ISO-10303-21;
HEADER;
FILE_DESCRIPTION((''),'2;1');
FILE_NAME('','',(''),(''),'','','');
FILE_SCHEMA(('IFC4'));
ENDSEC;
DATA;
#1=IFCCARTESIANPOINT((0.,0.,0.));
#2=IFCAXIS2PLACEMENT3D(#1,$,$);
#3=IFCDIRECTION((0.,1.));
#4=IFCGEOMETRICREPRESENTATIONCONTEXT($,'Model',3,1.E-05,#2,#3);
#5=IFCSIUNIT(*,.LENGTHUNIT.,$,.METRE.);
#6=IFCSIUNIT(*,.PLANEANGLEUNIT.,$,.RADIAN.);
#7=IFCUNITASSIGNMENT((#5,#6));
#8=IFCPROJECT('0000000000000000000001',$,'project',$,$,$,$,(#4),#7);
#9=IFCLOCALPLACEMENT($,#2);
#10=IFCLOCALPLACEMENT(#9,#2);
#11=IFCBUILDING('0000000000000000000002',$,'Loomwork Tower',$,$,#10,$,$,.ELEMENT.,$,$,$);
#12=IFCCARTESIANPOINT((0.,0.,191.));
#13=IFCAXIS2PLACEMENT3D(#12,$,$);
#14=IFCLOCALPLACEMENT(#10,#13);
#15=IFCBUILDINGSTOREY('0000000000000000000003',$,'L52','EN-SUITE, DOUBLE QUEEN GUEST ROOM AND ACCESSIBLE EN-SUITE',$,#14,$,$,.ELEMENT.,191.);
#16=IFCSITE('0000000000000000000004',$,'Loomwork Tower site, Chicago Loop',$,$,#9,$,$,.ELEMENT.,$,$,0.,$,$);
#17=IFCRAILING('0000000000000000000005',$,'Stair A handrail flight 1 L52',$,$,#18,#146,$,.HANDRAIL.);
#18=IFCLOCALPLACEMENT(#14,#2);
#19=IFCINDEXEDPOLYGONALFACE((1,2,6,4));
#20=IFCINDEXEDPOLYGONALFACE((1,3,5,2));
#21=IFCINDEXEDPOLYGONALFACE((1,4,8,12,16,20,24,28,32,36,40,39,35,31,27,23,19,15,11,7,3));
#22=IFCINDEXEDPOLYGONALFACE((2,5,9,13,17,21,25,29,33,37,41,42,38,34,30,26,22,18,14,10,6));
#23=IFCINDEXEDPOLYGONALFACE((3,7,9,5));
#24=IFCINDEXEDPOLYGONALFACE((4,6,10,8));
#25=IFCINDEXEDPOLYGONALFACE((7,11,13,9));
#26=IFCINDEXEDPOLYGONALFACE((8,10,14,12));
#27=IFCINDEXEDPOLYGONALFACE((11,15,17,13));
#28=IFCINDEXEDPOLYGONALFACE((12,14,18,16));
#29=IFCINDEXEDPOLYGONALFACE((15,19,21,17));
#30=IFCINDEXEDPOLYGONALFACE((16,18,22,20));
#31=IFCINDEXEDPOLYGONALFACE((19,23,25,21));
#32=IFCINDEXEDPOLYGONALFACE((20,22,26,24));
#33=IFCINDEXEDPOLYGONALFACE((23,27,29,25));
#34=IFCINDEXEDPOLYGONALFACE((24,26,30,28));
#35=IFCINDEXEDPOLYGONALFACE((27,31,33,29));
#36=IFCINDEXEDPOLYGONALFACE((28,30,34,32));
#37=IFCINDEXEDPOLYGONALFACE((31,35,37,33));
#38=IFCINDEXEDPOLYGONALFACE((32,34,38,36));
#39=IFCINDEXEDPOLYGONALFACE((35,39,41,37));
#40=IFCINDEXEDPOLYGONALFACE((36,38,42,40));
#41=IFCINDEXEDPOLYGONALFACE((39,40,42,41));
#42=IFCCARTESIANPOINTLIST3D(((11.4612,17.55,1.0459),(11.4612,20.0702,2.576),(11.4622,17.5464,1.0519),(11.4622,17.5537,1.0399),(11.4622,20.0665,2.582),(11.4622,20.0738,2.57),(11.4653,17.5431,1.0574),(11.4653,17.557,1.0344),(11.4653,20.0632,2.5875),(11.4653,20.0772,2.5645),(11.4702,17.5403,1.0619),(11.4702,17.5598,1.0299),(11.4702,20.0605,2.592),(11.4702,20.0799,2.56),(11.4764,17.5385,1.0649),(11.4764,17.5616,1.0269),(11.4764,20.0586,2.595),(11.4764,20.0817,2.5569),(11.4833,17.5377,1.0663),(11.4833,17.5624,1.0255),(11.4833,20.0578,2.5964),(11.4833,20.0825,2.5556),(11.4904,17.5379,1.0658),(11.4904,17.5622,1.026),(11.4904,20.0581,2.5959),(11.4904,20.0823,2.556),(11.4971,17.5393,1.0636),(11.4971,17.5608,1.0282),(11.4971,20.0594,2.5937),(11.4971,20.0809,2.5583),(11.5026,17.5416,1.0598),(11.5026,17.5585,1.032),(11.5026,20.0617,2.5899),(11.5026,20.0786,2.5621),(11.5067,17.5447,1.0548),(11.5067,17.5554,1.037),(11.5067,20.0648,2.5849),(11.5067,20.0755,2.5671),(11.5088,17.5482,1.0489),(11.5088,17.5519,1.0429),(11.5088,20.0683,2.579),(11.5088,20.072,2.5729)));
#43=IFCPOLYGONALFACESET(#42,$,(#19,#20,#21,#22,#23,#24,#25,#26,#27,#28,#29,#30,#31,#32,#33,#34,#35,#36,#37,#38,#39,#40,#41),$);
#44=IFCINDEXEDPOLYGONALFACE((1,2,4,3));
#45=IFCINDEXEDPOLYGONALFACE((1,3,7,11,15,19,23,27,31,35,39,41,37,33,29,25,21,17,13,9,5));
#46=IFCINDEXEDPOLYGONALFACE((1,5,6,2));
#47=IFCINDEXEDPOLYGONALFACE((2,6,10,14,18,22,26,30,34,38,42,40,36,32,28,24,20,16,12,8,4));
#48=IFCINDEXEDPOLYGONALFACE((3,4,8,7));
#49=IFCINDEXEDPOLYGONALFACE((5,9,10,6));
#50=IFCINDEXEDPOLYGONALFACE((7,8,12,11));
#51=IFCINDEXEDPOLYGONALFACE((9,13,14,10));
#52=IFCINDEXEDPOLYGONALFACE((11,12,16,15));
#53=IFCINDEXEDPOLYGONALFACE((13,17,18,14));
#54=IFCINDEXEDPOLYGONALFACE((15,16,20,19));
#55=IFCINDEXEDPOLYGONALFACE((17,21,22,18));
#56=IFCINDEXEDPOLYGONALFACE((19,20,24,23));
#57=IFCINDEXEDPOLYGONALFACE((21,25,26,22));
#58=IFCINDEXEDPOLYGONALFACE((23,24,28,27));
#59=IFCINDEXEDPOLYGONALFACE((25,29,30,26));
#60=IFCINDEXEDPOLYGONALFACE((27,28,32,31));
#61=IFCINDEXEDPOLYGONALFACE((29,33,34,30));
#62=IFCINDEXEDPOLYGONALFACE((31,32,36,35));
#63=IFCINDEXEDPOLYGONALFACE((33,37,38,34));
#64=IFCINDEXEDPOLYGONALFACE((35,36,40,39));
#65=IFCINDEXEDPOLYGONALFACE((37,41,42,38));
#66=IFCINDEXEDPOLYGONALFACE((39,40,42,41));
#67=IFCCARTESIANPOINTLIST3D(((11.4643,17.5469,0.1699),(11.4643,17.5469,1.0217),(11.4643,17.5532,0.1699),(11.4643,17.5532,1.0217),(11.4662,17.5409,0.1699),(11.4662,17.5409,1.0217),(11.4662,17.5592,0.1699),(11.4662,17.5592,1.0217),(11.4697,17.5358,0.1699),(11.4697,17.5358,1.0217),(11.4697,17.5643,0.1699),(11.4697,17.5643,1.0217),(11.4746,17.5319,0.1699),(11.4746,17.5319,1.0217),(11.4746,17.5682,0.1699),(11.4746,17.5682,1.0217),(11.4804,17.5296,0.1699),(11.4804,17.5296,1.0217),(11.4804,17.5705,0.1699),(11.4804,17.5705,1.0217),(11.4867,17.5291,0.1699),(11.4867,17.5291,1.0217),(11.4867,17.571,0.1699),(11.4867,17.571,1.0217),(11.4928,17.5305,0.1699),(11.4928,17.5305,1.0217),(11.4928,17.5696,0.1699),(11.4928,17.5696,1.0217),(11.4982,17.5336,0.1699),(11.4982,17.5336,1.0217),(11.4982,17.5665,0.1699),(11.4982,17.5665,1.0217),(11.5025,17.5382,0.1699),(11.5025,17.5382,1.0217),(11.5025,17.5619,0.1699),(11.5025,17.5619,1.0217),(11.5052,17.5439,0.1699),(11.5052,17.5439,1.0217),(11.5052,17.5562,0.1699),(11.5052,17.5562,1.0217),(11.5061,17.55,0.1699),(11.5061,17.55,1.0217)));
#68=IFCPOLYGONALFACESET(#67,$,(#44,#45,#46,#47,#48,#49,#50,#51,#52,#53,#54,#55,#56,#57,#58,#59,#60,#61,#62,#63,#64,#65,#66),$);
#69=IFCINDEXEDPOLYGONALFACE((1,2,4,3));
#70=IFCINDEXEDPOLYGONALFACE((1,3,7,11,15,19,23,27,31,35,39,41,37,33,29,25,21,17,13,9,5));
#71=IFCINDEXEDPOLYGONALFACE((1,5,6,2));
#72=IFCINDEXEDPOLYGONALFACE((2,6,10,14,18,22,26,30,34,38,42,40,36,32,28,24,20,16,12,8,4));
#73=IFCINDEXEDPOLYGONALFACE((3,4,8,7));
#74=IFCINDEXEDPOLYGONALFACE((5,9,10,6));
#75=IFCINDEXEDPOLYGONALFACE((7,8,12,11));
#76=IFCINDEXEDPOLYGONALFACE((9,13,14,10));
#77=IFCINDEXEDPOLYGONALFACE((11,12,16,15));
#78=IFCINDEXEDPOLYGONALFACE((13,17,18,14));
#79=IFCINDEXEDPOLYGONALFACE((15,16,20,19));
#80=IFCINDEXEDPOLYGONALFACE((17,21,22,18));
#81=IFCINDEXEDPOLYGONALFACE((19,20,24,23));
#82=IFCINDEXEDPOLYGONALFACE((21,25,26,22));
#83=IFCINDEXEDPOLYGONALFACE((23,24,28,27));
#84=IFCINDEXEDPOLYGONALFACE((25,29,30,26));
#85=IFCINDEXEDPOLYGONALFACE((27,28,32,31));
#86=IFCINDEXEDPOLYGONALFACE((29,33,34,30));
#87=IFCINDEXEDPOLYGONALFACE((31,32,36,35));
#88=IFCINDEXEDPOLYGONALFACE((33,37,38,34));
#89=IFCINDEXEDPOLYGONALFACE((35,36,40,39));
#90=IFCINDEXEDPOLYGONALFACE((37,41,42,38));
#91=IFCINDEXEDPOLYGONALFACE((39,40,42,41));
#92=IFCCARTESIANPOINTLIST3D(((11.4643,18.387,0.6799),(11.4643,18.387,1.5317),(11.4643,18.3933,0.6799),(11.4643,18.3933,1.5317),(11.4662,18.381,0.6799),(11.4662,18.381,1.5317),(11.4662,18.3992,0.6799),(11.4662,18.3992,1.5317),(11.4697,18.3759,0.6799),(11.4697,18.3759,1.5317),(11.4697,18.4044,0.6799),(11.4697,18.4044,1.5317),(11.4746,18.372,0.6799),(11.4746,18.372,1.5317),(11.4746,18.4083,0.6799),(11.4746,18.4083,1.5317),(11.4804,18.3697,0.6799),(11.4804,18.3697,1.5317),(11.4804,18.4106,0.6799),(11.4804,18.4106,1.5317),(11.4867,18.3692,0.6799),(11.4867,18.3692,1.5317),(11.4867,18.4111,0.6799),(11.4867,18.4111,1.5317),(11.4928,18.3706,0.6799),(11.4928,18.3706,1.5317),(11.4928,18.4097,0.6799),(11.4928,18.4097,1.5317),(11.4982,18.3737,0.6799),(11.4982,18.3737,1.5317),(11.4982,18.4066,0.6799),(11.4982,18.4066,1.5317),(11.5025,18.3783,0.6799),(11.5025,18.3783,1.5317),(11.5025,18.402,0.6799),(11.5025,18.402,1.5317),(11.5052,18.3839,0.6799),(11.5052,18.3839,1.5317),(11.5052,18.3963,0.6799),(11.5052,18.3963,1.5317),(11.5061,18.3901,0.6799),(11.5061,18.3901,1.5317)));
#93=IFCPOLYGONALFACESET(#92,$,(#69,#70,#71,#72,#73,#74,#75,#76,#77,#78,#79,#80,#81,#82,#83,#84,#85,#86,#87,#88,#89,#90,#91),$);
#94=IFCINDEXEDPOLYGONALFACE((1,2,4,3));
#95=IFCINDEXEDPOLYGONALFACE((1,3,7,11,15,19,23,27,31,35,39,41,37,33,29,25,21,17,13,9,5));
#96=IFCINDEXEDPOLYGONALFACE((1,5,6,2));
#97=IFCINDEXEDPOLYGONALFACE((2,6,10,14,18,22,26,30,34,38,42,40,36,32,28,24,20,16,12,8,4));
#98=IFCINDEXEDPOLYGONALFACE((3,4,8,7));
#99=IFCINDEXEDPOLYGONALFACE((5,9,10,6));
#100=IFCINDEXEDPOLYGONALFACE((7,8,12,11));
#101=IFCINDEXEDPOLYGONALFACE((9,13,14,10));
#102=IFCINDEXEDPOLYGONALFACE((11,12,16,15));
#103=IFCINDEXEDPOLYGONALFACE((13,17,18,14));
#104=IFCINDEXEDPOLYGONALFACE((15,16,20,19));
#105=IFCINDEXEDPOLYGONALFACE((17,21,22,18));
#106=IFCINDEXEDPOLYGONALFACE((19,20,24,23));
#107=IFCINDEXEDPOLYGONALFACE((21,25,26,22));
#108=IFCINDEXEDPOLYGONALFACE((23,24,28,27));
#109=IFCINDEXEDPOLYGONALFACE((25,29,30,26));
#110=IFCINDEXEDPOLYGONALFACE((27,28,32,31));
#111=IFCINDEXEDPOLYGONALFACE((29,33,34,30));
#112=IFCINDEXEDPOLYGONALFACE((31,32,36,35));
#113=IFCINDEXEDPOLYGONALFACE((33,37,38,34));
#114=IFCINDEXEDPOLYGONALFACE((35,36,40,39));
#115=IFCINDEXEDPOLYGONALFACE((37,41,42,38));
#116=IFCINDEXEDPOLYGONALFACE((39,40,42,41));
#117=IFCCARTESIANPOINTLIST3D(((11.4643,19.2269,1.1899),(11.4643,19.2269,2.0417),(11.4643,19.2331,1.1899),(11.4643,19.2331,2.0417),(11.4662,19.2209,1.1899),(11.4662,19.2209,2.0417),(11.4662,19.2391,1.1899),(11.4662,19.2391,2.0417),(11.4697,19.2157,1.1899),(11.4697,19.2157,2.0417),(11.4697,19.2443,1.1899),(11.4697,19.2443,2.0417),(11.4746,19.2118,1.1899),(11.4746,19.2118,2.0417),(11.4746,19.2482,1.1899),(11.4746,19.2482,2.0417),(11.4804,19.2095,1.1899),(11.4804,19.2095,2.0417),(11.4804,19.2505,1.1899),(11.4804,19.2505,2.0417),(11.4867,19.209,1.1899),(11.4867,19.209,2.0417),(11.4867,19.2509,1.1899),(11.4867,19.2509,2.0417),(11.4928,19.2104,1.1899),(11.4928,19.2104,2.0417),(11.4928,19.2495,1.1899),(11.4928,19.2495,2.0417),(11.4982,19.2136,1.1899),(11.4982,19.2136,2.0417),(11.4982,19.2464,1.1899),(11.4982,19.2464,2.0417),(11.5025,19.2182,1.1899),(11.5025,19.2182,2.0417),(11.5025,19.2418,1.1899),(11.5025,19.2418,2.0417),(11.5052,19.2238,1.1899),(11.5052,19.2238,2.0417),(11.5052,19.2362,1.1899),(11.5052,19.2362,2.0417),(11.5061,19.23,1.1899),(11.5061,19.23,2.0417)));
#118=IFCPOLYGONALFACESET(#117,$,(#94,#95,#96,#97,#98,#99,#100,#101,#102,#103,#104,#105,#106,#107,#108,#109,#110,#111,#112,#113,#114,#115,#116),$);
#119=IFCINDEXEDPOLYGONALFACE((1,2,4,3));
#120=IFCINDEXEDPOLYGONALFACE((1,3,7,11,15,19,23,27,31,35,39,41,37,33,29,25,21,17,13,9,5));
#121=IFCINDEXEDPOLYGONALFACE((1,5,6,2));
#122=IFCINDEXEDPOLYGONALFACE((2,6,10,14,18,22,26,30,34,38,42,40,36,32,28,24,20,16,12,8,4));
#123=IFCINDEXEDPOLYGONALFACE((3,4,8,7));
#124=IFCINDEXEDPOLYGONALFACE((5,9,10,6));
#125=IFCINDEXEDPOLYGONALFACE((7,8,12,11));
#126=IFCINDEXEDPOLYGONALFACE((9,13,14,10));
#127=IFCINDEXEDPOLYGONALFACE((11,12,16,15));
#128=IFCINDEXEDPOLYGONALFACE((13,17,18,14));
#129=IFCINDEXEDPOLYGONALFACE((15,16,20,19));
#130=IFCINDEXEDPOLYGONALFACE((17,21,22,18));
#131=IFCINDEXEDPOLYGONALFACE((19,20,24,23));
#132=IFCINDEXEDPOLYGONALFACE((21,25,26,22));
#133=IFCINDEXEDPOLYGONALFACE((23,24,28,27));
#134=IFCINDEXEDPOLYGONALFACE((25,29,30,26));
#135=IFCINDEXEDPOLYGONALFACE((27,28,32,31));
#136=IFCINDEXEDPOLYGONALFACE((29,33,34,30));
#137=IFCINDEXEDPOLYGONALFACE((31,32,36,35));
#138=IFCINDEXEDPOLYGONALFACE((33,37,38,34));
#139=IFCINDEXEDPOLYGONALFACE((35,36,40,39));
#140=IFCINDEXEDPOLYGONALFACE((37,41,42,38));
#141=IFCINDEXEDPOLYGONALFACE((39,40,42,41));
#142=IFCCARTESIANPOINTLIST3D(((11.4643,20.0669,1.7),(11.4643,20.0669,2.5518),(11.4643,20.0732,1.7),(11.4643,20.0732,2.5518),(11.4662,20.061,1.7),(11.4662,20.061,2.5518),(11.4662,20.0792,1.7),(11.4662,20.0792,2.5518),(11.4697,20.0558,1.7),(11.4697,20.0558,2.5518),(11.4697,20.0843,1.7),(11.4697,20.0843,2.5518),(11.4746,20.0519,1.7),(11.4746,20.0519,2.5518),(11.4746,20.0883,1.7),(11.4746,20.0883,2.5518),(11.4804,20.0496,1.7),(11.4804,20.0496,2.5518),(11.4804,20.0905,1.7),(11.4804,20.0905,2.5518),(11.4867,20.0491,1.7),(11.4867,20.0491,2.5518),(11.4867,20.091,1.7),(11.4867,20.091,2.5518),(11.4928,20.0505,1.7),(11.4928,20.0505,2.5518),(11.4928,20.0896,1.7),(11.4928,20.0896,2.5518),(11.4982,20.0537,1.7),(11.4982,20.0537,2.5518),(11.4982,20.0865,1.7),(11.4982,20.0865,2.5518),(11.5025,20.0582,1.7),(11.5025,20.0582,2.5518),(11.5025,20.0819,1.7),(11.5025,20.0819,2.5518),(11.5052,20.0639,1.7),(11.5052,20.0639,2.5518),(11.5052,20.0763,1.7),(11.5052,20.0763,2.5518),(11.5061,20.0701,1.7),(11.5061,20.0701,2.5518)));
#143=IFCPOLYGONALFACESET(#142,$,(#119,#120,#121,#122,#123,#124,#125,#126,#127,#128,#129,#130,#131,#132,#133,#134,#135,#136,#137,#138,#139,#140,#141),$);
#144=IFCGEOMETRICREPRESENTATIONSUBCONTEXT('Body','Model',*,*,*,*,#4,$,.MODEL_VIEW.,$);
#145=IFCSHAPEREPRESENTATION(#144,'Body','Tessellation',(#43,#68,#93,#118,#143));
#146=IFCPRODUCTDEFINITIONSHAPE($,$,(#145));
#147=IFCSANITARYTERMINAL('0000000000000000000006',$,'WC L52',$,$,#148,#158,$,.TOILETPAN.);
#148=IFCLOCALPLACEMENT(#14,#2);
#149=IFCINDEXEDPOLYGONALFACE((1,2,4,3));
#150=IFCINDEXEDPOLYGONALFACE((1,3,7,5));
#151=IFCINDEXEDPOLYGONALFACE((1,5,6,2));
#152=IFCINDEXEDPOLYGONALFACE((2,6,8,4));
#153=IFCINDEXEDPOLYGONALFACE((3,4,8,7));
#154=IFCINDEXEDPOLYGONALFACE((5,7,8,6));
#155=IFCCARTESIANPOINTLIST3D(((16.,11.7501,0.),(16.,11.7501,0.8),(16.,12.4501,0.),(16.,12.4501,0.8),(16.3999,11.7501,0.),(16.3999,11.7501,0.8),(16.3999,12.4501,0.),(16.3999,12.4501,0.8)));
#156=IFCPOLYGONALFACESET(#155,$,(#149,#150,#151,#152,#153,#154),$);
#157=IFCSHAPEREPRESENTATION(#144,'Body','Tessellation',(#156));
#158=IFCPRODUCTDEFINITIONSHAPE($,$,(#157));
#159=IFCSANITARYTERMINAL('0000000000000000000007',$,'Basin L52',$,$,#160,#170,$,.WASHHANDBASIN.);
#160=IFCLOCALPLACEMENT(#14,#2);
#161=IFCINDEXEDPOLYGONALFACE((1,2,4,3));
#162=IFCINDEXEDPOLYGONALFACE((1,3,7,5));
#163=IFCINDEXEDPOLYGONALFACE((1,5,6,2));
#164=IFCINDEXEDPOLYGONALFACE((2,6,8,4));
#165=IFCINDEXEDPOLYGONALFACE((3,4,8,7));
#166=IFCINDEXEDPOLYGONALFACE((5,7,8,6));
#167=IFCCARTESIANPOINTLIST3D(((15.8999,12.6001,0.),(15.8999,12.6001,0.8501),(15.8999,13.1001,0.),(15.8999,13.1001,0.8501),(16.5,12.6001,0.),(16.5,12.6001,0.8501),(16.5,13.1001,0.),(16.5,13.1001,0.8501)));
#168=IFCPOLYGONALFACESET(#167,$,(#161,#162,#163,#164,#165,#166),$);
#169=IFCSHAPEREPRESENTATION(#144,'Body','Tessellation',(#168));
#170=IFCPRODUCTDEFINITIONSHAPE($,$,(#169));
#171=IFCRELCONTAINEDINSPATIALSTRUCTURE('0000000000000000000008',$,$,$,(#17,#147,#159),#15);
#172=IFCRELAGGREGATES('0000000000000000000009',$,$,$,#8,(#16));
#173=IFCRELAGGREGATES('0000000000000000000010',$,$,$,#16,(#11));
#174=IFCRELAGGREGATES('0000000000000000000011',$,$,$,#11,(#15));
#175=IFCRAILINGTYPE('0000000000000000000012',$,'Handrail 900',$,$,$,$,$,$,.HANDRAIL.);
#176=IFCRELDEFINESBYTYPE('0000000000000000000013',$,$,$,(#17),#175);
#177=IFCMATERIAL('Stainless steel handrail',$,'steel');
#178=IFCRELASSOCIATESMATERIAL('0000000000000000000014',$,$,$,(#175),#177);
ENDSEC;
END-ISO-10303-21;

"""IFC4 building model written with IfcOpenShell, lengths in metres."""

from ifc_helpers import new_model, si_unit, direction, frame, origin, origin_2d, place, context, subcontext, project, spatial, rectangle, circle, extrude, material, type_object, element, save


model = new_model("IFC4")

# Units and contexts
model_context = context("Model", 3, precision=1e-05, world=origin(), true_north=direction((0.0, 1.0)))
body_context = subcontext(model_context, "Body", "Model", "MODEL_VIEW")
ifc_project = project(units=[si_unit("LENGTHUNIT", "METRE"), si_unit("PLANEANGLEUNIT", "RADIAN")], contexts=[model_context])

# Site, building, storey
site_placement = place(None, origin())
site = spatial("IfcSite", under=ifc_project, at=site_placement, Name="Loomwork Tower site, Chicago Loop", CompositionType="ELEMENT", RefElevation=0.0)
building_placement = place(site_placement, origin())
building = spatial("IfcBuilding", under=site, at=building_placement, Name="Loomwork Tower", CompositionType="ELEMENT")
storey_placement = place(building_placement, frame((0.0, 0.0, 191.0)))
storey = spatial("IfcBuildingStorey", under=building, at=storey_placement, Name="L52", Description="EN-SUITE, DOUBLE QUEEN GUEST ROOM AND ACCESSIBLE EN-SUITE", CompositionType="ELEMENT", Elevation=191.0)

# Railing
ifc_material_1 = material(Name="Stainless steel handrail", Category="steel")
railing_type = type_object("IfcRailingType", Name="Handrail 900", PredefinedType="HANDRAIL", material=ifc_material_1)
railing_placement = place(storey_placement, frame((11.4851, 17.55, 0.1699)))
element("IfcRailing", 1, at=railing_placement, inside=storey, type_object=railing_type, Name="Stair A handrail flight 1 L52", PredefinedType="HANDRAIL", context=body_context, shape_type="SweptSolid", body=[
    extrude(circle(Radius=0.0239, at=origin_2d()), frame((0.0, 0.0, 0.876), z_axis=(0.0, 0.854785, 0.518982), x_axis=(-1.0, 0.0, 0.0)), (0.0, 0.0, 1.0), 2.9482),
    extrude(circle(Radius=0.021, at=origin_2d()), origin(), (0.0, 0.0, 1.0), 0.8518),
    extrude(circle(Radius=0.021, at=origin_2d()), frame((0.0, 0.8401, 0.51)), (0.0, 0.0, 1.0), 0.8518),
    extrude(circle(Radius=0.021, at=origin_2d()), frame((0.0, 1.6799, 1.02)), (0.0, 0.0, 1.0), 0.8518),
    extrude(circle(Radius=0.021, at=origin_2d()), frame((0.0, 2.52, 1.53)), (0.0, 0.0, 1.0), 0.8518),
])

# Sanitary terminals
sanitary_terminal_1_placement = place(storey_placement, frame((16.2, 12.1001, 0.0), z_axis=(0.0, 0.0, 1.0), x_axis=(1.0, 0.0, 0.0)))
element("IfcSanitaryTerminal", 2, at=sanitary_terminal_1_placement, inside=storey, Name="WC L52", PredefinedType="TOILETPAN", context=body_context, shape_type="SweptSolid", body=[
    extrude(rectangle(XDim=0.3999, YDim=0.7, at=origin_2d()), origin(), (0.0, 0.0, 1.0), 0.8),
])
sanitary_terminal_2_placement = place(storey_placement, frame((16.2, 12.8501, 0.0), z_axis=(0.0, 0.0, 1.0), x_axis=(1.0, 0.0, 0.0)))
element("IfcSanitaryTerminal", 3, at=sanitary_terminal_2_placement, inside=storey, Name="Basin L52", PredefinedType="WASHHANDBASIN", context=body_context, shape_type="SweptSolid", body=[
    extrude(rectangle(XDim=0.6001, YDim=0.5, at=origin_2d()), origin(), (0.0, 0.0, 1.0), 0.8501),
])

save(model, "model.ifc")
